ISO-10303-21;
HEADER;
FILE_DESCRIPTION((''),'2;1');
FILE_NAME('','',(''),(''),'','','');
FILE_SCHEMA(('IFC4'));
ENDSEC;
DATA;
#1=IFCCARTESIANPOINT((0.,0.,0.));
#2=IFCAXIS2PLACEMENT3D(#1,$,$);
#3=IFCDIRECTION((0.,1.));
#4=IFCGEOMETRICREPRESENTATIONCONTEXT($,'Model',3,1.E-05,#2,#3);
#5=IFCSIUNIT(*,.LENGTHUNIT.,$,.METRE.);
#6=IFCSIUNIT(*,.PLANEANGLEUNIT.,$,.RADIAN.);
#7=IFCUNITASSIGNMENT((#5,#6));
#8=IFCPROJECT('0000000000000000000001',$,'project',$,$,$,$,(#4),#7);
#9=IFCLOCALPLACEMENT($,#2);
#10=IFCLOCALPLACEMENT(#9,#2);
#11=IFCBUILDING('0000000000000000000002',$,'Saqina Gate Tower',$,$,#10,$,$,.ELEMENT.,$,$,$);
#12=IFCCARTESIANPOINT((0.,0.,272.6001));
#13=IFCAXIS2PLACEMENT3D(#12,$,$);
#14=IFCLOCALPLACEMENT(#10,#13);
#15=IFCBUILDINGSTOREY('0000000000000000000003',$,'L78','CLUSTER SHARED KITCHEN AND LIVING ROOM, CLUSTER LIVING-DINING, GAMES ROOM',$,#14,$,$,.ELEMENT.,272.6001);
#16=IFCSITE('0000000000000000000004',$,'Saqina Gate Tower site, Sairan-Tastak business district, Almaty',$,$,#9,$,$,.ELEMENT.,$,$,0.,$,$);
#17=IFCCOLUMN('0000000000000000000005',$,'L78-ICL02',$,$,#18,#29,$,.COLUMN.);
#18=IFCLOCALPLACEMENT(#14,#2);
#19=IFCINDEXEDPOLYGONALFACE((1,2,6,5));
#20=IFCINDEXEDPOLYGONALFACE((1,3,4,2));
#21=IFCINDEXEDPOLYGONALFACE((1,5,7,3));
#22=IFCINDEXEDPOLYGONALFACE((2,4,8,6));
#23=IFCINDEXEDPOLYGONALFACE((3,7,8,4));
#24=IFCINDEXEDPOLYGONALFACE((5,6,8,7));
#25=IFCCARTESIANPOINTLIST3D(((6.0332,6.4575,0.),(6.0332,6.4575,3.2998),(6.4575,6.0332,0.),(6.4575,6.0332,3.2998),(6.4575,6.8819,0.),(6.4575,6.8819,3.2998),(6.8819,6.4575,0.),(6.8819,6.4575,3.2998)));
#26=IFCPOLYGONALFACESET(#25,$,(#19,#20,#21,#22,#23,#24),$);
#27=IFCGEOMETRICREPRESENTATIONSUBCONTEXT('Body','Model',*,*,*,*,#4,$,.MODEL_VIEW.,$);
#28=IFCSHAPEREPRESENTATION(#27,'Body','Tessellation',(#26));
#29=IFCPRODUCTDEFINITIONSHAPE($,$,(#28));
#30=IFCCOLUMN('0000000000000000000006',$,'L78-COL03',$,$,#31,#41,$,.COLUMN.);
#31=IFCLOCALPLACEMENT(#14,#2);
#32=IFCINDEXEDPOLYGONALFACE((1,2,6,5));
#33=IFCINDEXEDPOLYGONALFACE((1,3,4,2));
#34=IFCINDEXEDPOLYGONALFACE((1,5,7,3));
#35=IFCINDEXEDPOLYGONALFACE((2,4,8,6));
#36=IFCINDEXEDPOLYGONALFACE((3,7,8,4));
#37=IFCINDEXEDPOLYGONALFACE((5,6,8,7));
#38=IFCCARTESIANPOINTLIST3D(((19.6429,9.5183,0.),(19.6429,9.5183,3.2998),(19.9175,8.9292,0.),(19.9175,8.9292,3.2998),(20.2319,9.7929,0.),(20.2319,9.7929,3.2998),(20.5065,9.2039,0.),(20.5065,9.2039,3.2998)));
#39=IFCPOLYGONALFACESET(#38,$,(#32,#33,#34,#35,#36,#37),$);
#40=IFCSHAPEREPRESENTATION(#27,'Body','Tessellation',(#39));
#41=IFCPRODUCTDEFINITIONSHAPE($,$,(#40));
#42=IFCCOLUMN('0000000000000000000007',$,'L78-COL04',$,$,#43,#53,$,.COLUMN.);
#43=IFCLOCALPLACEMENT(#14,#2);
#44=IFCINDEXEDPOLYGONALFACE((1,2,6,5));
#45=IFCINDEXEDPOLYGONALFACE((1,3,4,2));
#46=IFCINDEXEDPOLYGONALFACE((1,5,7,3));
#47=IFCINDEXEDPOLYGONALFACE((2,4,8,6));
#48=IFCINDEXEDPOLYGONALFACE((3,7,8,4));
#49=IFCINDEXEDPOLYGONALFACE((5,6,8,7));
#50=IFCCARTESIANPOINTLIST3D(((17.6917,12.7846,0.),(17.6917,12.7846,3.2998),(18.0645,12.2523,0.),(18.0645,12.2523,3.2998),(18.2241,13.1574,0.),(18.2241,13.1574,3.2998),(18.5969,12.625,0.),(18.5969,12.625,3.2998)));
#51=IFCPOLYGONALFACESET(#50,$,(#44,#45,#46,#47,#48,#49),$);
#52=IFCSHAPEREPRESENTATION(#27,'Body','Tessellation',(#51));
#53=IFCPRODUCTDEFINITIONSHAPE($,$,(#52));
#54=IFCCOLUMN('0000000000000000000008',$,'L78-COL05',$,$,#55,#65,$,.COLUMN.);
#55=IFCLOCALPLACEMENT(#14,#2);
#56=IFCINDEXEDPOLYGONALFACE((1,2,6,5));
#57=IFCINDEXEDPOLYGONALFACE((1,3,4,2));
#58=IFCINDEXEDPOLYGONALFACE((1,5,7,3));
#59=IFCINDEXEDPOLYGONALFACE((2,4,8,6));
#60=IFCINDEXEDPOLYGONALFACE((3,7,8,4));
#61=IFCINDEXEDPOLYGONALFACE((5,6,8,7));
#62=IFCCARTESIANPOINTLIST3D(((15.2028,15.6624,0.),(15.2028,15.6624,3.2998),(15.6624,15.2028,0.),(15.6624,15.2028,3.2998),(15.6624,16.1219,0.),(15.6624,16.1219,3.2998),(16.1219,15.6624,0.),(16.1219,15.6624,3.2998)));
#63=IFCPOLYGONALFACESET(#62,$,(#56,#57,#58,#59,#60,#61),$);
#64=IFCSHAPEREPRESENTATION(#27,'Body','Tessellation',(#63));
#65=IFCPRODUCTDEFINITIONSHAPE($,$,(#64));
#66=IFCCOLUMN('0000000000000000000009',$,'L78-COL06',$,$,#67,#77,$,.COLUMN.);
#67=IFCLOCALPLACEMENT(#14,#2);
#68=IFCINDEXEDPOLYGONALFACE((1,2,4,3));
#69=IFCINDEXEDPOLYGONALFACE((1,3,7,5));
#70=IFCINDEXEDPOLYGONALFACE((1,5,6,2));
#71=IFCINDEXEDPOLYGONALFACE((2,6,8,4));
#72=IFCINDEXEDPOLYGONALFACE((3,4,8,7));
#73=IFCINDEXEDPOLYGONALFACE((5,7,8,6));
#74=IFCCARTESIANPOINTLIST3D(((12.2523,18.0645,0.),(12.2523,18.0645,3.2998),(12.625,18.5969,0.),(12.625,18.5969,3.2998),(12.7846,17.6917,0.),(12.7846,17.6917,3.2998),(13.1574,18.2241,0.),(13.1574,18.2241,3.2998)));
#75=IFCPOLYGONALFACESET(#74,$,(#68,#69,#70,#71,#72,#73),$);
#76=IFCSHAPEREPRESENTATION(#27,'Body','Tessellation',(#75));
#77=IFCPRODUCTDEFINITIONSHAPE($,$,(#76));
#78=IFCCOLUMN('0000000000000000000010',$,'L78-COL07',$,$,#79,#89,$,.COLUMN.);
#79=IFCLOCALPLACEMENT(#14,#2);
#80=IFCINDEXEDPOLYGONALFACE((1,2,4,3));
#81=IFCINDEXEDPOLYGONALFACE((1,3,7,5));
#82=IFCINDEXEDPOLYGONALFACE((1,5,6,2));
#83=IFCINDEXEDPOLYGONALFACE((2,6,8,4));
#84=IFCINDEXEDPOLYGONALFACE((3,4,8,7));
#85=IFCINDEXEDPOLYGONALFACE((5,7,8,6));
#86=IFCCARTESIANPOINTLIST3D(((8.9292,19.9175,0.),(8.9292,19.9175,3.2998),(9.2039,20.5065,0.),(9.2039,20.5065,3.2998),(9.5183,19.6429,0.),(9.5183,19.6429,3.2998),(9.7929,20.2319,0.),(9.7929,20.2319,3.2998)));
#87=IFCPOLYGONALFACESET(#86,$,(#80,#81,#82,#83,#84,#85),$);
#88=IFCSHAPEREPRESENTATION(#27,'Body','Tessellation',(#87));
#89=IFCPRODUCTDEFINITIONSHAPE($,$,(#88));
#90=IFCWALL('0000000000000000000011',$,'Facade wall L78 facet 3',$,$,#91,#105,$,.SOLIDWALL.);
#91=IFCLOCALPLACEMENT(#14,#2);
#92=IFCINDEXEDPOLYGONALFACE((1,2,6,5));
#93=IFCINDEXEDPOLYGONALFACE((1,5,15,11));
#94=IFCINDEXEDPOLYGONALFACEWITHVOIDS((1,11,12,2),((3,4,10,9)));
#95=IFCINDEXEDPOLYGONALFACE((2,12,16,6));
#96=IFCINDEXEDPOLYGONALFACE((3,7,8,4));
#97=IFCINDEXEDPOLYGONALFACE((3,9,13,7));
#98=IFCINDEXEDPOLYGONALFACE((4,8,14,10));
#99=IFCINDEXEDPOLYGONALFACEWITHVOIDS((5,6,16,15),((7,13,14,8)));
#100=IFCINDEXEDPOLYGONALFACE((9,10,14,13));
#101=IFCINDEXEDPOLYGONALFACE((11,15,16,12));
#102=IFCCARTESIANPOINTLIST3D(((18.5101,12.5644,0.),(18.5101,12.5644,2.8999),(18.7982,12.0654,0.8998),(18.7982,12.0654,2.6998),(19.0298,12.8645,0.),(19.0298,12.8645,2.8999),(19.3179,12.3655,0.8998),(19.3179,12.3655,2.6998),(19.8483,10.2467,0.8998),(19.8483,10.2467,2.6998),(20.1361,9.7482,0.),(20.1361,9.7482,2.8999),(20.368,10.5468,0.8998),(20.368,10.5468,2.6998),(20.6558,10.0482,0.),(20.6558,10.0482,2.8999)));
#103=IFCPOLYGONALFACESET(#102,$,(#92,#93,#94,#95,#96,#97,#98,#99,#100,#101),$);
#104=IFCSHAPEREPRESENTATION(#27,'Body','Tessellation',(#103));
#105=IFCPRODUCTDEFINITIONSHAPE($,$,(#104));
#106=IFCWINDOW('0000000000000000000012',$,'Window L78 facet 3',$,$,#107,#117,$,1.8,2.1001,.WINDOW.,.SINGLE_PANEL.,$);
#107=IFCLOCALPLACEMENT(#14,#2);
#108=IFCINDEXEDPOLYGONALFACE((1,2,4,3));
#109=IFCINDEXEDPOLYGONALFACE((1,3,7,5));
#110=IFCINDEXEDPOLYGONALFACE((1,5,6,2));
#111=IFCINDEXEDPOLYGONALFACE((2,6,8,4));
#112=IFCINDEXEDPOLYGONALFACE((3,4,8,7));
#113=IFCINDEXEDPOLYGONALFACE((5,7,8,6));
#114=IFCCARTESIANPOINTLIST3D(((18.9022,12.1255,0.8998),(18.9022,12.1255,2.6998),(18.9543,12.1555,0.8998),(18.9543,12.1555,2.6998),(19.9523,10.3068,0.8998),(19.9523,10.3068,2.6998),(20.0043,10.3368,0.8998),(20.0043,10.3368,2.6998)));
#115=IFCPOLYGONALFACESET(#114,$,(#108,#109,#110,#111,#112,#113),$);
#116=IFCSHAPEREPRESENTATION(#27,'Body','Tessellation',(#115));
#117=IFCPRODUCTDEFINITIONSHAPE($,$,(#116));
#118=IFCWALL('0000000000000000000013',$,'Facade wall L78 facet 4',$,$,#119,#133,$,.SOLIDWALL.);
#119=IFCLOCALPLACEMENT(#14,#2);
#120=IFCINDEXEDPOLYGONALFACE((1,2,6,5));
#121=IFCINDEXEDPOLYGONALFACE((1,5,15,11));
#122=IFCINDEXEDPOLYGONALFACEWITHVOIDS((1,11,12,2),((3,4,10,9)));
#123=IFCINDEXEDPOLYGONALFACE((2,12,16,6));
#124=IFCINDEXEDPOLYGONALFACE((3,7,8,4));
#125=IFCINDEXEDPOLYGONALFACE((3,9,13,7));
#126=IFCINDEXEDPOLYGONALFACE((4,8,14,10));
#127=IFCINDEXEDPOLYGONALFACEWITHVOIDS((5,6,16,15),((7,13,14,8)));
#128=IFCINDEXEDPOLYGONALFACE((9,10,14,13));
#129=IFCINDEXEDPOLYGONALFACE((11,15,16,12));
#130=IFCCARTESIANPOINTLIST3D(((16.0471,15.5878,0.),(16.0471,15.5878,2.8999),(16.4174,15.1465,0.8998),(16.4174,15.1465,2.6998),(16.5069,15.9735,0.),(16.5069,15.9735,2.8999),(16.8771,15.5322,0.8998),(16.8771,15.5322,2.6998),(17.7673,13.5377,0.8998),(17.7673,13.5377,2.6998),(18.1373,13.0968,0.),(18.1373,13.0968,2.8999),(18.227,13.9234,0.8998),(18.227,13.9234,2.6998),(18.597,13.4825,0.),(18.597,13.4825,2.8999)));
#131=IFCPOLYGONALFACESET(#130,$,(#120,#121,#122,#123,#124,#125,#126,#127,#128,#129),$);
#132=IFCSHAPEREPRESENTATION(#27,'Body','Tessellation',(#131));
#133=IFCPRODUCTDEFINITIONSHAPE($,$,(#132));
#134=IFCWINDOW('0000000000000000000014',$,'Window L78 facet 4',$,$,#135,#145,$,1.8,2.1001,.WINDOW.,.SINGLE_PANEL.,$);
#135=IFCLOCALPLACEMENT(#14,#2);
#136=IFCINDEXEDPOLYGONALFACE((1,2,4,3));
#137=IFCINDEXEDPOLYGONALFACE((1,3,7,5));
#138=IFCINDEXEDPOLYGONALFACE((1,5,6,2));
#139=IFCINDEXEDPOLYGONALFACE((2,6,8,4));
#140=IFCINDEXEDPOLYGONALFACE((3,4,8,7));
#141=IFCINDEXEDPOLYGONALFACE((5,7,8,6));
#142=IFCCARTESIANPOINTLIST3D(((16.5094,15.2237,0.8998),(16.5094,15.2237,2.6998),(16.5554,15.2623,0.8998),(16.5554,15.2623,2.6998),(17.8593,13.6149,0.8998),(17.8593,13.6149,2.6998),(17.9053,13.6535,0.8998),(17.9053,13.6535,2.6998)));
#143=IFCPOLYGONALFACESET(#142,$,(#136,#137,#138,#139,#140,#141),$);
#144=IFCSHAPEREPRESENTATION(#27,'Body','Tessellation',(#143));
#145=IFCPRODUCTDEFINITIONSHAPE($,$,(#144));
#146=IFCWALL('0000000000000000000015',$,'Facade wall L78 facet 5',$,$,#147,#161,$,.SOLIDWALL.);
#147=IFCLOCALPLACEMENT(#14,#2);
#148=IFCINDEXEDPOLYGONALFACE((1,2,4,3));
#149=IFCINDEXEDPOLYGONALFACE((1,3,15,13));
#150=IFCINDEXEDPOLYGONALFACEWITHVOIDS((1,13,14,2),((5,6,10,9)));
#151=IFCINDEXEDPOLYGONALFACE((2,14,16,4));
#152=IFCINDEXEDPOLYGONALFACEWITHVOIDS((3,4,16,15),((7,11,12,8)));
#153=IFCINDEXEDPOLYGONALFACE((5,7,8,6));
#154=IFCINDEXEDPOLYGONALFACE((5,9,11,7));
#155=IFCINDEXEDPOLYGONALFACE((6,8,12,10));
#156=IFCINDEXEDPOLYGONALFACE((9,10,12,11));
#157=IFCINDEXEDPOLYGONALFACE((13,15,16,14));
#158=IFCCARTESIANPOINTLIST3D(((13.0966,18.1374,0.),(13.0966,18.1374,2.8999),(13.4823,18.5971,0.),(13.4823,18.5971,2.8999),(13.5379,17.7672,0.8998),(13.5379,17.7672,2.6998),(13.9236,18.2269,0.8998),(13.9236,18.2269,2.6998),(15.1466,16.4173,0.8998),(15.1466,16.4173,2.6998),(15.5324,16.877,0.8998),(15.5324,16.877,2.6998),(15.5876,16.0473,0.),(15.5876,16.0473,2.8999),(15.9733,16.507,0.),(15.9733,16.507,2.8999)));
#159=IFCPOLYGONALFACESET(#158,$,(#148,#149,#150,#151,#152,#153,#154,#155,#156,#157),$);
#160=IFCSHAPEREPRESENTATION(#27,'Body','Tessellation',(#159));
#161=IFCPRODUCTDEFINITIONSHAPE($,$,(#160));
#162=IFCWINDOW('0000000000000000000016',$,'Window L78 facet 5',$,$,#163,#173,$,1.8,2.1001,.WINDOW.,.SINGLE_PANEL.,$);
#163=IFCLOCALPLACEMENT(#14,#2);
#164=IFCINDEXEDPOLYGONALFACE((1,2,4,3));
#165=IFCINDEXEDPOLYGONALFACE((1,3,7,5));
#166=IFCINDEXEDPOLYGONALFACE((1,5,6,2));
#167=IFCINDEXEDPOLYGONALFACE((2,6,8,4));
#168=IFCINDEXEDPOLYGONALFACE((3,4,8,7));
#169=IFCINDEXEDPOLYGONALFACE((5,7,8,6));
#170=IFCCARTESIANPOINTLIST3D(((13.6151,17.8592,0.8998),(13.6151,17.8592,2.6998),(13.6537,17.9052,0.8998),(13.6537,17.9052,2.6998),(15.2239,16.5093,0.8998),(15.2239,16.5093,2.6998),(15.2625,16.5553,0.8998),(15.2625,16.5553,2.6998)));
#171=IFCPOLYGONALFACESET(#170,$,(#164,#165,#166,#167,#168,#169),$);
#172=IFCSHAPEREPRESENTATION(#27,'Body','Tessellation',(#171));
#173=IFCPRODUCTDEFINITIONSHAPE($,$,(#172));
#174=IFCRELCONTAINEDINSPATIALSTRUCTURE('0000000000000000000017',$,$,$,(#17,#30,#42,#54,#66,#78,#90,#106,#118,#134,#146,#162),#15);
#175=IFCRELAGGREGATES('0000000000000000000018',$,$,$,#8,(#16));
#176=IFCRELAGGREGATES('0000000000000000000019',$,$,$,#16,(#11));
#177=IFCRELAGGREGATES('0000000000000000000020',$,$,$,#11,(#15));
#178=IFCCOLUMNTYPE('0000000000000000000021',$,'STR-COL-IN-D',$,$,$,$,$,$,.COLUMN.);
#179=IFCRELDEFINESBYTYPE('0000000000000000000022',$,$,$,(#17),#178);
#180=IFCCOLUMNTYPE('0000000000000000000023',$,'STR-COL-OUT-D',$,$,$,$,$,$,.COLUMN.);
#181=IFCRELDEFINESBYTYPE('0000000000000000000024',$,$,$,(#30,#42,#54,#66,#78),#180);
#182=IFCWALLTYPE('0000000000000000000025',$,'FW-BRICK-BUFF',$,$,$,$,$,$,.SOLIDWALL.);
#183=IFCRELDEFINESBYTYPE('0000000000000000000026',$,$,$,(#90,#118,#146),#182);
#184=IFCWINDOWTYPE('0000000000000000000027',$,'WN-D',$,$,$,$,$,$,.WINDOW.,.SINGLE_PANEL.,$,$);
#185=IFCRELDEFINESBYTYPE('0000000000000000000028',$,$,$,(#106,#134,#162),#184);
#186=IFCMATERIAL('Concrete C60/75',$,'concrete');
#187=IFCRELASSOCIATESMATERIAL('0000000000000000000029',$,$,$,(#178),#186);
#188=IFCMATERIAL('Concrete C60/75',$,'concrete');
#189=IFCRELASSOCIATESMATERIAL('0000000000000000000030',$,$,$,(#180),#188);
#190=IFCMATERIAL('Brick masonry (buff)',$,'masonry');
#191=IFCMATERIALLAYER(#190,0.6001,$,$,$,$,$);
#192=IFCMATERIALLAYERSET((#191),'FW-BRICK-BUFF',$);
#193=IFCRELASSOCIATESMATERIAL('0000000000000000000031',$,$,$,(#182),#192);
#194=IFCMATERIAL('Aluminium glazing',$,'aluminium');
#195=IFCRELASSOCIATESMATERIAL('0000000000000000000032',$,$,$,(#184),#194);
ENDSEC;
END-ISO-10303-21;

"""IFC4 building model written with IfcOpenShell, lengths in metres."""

from ifc_helpers import new_model, si_unit, direction, frame, frame_2d, origin, origin_2d, place, context, subcontext, project, spatial, rectangle, extrude, material, layer, layer_set, material_profile, profile_set, type_object, element, fill, save


model = new_model("IFC4")

# Units and contexts
model_context = context("Model", 3, precision=1e-05, world=origin(), true_north=direction((0.0, 1.0)))
body_context = subcontext(model_context, "Body", "Model", "MODEL_VIEW")
ifc_project = project(units=[si_unit("LENGTHUNIT", "METRE"), si_unit("PLANEANGLEUNIT", "RADIAN")], contexts=[model_context])

# Site, building, storey
site_placement = place(None, origin())
site = spatial("IfcSite", under=ifc_project, at=site_placement, Name="Saqina Gate Tower site, Sairan-Tastak business district, Almaty", CompositionType="ELEMENT", RefElevation=0.0)
building_placement = place(site_placement, origin())
building = spatial("IfcBuilding", under=site, at=building_placement, Name="Saqina Gate Tower", CompositionType="ELEMENT")
storey_placement = place(building_placement, frame((0.0, 0.0, 272.6001)))
storey = spatial("IfcBuildingStorey", under=building, at=storey_placement, Name="L78", Description="CLUSTER SHARED KITCHEN AND LIVING ROOM, CLUSTER LIVING-DINING, GAMES ROOM", CompositionType="ELEMENT", Elevation=272.6001)

# Columns
ifc_material_1 = material(Name="Concrete C60/75", Category="concrete")
ifc_material_profile_1 = material_profile(ifc_material_1, rectangle(XDim=0.6001, YDim=0.6001, at=origin_2d()), Name="RC 600x600")
ifc_profile_set_1 = profile_set([ifc_material_profile_1], Name="Concrete C60/75")
column_type_1 = type_object("IfcColumnType", Name="STR-COL-IN-D", PredefinedType="COLUMN", material=ifc_profile_set_1)
column_placement = place(storey_placement, frame((6.4575, 6.4575, 0.0), z_axis=(0.0, 0.0, 1.0), x_axis=(0.707107, 0.707107, 0.0)))
element("IfcColumn", 1, at=column_placement, inside=storey, type_object=column_type_1, Name="L78-ICL02", PredefinedType="COLUMN", context=body_context, shape_type="SweptSolid", body=[
    extrude(rectangle(XDim=0.6001, YDim=0.6001, at=origin_2d()), origin(), (0.0, 0.0, 1.0), 3.2998),
])
ifc_material_2 = material(Name="Concrete C60/75", Category="concrete")
ifc_material_profile_2 = material_profile(ifc_material_2, rectangle(XDim=0.6499, YDim=0.6499, at=origin_2d()), Name="RC 650x650")
ifc_profile_set_2 = profile_set([ifc_material_profile_2], Name="Concrete C60/75")
column_type_2 = type_object("IfcColumnType", Name="STR-COL-OUT-D", PredefinedType="COLUMN", material=ifc_profile_set_2)
for number, where, z_axis, x_axis, name in (
    (2, (20.0747, 9.3611, 0.0), (0.0, 0.0, 1.0), (0.906308, 0.422618, 0.0), "L78-COL03"),
    (3, (18.1443, 12.7048, 0.0), (0.0, 0.0, 1.0), (0.819152, 0.573576, 0.0), "L78-COL04"),
    (4, (15.6624, 15.6624, 0.0), (0.0, 0.0, 1.0), (0.707107, 0.707107, 0.0), "L78-COL05"),
    (5, (12.7048, 18.1443, 0.0), (0.0, 0.0, 1.0), (0.573576, 0.819152, 0.0), "L78-COL06"),
    (6, (9.3611, 20.0747, 0.0), (0.0, 0.0, 1.0), (0.422618, 0.906308, 0.0), "L78-COL07"),
):
    element("IfcColumn", number, at=place(storey_placement, frame(where, z_axis=z_axis, x_axis=x_axis)), inside=storey, type_object=column_type_2, Name=name, PredefinedType="COLUMN", context=body_context, shape_type="SweptSolid", body=[
        extrude(rectangle(XDim=0.6499, YDim=0.6499, at=origin_2d()), origin(), (0.0, 0.0, 1.0), 3.2998),
    ])

# Walls, openings, windows
ifc_material_3 = material(Name="Brick masonry (buff)", Category="masonry")
ifc_layer_1 = layer(ifc_material_3, 0.6001)
ifc_layer_set_1 = layer_set([ifc_layer_1], Name="FW-BRICK-BUFF")
wall_type_1 = type_object("IfcWallType", Name="FW-BRICK-BUFF", PredefinedType="SOLIDWALL", material=ifc_layer_set_1)
wall_1_placement = place(storey_placement, frame((20.396, 9.8982, 0.0), z_axis=(0.0, 0.0, 1.0), x_axis=(-0.500015, 0.866017, 0.0)))
wall_1 = element("IfcWall", 7, at=wall_1_placement, inside=storey, type_object=wall_type_1, Name="Facade wall L78 facet 3", PredefinedType="SOLIDWALL", context=body_context, shape_type="SweptSolid", body=[
    extrude(rectangle(XDim=3.252, YDim=0.6001, at=frame_2d((1.626, 0.0))), origin(), (0.0, 0.0, 1.0), 2.8999),
])
opening_1_placement = place(wall_1_placement, frame((0.5757, 0.0, 0.8999)))
opening_1 = element("IfcOpeningElement", 8, at=opening_1_placement, cuts=wall_1, PredefinedType="OPENING", context=body_context, shape_type="SweptSolid", body=[
    extrude(rectangle(XDim=2.1001, YDim=1.8, at=frame_2d((1.05, 0.8999))), frame((0.0, 0.312, 0.0), z_axis=(0.0, -1.0, 0.0), x_axis=(1.0, 0.0, 0.0)), (0.0, 0.0, 1.0), 0.624),
])
ifc_material_4 = material(Name="Aluminium glazing", Category="aluminium")
window_type = type_object("IfcWindowType", Name="WN-D", PartitioningType="SINGLE_PANEL", PredefinedType="WINDOW", material=ifc_material_4)
window_1_placement = place(opening_1_placement, origin())
window_1 = element("IfcWindow", 9, at=window_1_placement, inside=storey, type_object=window_type, Name="Window L78 facet 3", OverallHeight=1.8, OverallWidth=2.1001, PartitioningType="SINGLE_PANEL", PredefinedType="WINDOW", context=body_context, shape_type="SweptSolid", body=[
    extrude(rectangle(XDim=2.1001, YDim=1.8, at=frame_2d((1.05, 0.8999))), frame((0.0, 0.1799, 0.0), z_axis=(0.0, -1.0, 0.0), x_axis=(1.0, 0.0, 0.0)), (0.0, 0.0, 1.0), 0.0601),
])
fill(opening_1, window_1)
wall_2_placement = place(storey_placement, frame((18.3672, 13.2896, 0.0), z_axis=(0.0, 0.0, 1.0), x_axis=(-0.642773, 0.766057, 0.0)))
wall_2 = element("IfcWall", 10, at=wall_2_placement, inside=storey, type_object=wall_type_1, Name="Facade wall L78 facet 4", PredefinedType="SOLIDWALL", context=body_context, shape_type="SweptSolid", body=[
    extrude(rectangle(XDim=3.2517, YDim=0.6001, at=frame_2d((1.626, 0.0))), origin(), (0.0, 0.0, 1.0), 2.8999),
])
opening_2_placement = place(wall_2_placement, frame((0.5757, 0.0, 0.8999)))
opening_2 = element("IfcOpeningElement", 11, at=opening_2_placement, cuts=wall_2, PredefinedType="OPENING", context=body_context, shape_type="SweptSolid", body=[
    extrude(rectangle(XDim=2.1001, YDim=1.8, at=frame_2d((1.05, 0.8999))), frame((0.0, 0.312, 0.0), z_axis=(0.0, -1.0, 0.0), x_axis=(1.0, 0.0, 0.0)), (0.0, 0.0, 1.0), 0.624),
])
window_2_placement = place(opening_2_placement, origin())
window_2 = element("IfcWindow", 12, at=window_2_placement, inside=storey, type_object=window_type, Name="Window L78 facet 4", OverallHeight=1.8, OverallWidth=2.1001, PartitioningType="SINGLE_PANEL", PredefinedType="WINDOW", context=body_context, shape_type="SweptSolid", body=[
    extrude(rectangle(XDim=2.1001, YDim=1.8, at=frame_2d((1.05, 0.8999))), frame((0.0, 0.1799, 0.0), z_axis=(0.0, -1.0, 0.0), x_axis=(1.0, 0.0, 0.0)), (0.0, 0.0, 1.0), 0.0601),
])
fill(opening_2, window_2)
wall_3_placement = place(storey_placement, frame((15.7805, 16.2771, 0.0), z_axis=(0.0, 0.0, 1.0), x_axis=(-0.766057, 0.642773, 0.0)))
wall_3 = element("IfcWall", 13, at=wall_3_placement, inside=storey, type_object=wall_type_1, Name="Facade wall L78 facet 5", PredefinedType="SOLIDWALL", context=body_context, shape_type="SweptSolid", body=[
    extrude(rectangle(XDim=3.2517, YDim=0.6001, at=frame_2d((1.626, 0.0))), origin(), (0.0, 0.0, 1.0), 2.8999),
])
opening_3_placement = place(wall_3_placement, frame((0.5757, 0.0, 0.8999)))
opening_3 = element("IfcOpeningElement", 14, at=opening_3_placement, cuts=wall_3, PredefinedType="OPENING", context=body_context, shape_type="SweptSolid", body=[
    extrude(rectangle(XDim=2.1001, YDim=1.8, at=frame_2d((1.05, 0.8999))), frame((0.0, 0.312, 0.0), z_axis=(0.0, -1.0, 0.0), x_axis=(1.0, 0.0, 0.0)), (0.0, 0.0, 1.0), 0.624),
])
window_3_placement = place(opening_3_placement, origin())
window_3 = element("IfcWindow", 15, at=window_3_placement, inside=storey, type_object=window_type, Name="Window L78 facet 5", OverallHeight=1.8, OverallWidth=2.1001, PartitioningType="SINGLE_PANEL", PredefinedType="WINDOW", context=body_context, shape_type="SweptSolid", body=[
    extrude(rectangle(XDim=2.1001, YDim=1.8, at=frame_2d((1.05, 0.8999))), frame((0.0, 0.1799, 0.0), z_axis=(0.0, -1.0, 0.0), x_axis=(1.0, 0.0, 0.0)), (0.0, 0.0, 1.0), 0.0601),
])
fill(opening_3, window_3)

save(model, "model.ifc")
